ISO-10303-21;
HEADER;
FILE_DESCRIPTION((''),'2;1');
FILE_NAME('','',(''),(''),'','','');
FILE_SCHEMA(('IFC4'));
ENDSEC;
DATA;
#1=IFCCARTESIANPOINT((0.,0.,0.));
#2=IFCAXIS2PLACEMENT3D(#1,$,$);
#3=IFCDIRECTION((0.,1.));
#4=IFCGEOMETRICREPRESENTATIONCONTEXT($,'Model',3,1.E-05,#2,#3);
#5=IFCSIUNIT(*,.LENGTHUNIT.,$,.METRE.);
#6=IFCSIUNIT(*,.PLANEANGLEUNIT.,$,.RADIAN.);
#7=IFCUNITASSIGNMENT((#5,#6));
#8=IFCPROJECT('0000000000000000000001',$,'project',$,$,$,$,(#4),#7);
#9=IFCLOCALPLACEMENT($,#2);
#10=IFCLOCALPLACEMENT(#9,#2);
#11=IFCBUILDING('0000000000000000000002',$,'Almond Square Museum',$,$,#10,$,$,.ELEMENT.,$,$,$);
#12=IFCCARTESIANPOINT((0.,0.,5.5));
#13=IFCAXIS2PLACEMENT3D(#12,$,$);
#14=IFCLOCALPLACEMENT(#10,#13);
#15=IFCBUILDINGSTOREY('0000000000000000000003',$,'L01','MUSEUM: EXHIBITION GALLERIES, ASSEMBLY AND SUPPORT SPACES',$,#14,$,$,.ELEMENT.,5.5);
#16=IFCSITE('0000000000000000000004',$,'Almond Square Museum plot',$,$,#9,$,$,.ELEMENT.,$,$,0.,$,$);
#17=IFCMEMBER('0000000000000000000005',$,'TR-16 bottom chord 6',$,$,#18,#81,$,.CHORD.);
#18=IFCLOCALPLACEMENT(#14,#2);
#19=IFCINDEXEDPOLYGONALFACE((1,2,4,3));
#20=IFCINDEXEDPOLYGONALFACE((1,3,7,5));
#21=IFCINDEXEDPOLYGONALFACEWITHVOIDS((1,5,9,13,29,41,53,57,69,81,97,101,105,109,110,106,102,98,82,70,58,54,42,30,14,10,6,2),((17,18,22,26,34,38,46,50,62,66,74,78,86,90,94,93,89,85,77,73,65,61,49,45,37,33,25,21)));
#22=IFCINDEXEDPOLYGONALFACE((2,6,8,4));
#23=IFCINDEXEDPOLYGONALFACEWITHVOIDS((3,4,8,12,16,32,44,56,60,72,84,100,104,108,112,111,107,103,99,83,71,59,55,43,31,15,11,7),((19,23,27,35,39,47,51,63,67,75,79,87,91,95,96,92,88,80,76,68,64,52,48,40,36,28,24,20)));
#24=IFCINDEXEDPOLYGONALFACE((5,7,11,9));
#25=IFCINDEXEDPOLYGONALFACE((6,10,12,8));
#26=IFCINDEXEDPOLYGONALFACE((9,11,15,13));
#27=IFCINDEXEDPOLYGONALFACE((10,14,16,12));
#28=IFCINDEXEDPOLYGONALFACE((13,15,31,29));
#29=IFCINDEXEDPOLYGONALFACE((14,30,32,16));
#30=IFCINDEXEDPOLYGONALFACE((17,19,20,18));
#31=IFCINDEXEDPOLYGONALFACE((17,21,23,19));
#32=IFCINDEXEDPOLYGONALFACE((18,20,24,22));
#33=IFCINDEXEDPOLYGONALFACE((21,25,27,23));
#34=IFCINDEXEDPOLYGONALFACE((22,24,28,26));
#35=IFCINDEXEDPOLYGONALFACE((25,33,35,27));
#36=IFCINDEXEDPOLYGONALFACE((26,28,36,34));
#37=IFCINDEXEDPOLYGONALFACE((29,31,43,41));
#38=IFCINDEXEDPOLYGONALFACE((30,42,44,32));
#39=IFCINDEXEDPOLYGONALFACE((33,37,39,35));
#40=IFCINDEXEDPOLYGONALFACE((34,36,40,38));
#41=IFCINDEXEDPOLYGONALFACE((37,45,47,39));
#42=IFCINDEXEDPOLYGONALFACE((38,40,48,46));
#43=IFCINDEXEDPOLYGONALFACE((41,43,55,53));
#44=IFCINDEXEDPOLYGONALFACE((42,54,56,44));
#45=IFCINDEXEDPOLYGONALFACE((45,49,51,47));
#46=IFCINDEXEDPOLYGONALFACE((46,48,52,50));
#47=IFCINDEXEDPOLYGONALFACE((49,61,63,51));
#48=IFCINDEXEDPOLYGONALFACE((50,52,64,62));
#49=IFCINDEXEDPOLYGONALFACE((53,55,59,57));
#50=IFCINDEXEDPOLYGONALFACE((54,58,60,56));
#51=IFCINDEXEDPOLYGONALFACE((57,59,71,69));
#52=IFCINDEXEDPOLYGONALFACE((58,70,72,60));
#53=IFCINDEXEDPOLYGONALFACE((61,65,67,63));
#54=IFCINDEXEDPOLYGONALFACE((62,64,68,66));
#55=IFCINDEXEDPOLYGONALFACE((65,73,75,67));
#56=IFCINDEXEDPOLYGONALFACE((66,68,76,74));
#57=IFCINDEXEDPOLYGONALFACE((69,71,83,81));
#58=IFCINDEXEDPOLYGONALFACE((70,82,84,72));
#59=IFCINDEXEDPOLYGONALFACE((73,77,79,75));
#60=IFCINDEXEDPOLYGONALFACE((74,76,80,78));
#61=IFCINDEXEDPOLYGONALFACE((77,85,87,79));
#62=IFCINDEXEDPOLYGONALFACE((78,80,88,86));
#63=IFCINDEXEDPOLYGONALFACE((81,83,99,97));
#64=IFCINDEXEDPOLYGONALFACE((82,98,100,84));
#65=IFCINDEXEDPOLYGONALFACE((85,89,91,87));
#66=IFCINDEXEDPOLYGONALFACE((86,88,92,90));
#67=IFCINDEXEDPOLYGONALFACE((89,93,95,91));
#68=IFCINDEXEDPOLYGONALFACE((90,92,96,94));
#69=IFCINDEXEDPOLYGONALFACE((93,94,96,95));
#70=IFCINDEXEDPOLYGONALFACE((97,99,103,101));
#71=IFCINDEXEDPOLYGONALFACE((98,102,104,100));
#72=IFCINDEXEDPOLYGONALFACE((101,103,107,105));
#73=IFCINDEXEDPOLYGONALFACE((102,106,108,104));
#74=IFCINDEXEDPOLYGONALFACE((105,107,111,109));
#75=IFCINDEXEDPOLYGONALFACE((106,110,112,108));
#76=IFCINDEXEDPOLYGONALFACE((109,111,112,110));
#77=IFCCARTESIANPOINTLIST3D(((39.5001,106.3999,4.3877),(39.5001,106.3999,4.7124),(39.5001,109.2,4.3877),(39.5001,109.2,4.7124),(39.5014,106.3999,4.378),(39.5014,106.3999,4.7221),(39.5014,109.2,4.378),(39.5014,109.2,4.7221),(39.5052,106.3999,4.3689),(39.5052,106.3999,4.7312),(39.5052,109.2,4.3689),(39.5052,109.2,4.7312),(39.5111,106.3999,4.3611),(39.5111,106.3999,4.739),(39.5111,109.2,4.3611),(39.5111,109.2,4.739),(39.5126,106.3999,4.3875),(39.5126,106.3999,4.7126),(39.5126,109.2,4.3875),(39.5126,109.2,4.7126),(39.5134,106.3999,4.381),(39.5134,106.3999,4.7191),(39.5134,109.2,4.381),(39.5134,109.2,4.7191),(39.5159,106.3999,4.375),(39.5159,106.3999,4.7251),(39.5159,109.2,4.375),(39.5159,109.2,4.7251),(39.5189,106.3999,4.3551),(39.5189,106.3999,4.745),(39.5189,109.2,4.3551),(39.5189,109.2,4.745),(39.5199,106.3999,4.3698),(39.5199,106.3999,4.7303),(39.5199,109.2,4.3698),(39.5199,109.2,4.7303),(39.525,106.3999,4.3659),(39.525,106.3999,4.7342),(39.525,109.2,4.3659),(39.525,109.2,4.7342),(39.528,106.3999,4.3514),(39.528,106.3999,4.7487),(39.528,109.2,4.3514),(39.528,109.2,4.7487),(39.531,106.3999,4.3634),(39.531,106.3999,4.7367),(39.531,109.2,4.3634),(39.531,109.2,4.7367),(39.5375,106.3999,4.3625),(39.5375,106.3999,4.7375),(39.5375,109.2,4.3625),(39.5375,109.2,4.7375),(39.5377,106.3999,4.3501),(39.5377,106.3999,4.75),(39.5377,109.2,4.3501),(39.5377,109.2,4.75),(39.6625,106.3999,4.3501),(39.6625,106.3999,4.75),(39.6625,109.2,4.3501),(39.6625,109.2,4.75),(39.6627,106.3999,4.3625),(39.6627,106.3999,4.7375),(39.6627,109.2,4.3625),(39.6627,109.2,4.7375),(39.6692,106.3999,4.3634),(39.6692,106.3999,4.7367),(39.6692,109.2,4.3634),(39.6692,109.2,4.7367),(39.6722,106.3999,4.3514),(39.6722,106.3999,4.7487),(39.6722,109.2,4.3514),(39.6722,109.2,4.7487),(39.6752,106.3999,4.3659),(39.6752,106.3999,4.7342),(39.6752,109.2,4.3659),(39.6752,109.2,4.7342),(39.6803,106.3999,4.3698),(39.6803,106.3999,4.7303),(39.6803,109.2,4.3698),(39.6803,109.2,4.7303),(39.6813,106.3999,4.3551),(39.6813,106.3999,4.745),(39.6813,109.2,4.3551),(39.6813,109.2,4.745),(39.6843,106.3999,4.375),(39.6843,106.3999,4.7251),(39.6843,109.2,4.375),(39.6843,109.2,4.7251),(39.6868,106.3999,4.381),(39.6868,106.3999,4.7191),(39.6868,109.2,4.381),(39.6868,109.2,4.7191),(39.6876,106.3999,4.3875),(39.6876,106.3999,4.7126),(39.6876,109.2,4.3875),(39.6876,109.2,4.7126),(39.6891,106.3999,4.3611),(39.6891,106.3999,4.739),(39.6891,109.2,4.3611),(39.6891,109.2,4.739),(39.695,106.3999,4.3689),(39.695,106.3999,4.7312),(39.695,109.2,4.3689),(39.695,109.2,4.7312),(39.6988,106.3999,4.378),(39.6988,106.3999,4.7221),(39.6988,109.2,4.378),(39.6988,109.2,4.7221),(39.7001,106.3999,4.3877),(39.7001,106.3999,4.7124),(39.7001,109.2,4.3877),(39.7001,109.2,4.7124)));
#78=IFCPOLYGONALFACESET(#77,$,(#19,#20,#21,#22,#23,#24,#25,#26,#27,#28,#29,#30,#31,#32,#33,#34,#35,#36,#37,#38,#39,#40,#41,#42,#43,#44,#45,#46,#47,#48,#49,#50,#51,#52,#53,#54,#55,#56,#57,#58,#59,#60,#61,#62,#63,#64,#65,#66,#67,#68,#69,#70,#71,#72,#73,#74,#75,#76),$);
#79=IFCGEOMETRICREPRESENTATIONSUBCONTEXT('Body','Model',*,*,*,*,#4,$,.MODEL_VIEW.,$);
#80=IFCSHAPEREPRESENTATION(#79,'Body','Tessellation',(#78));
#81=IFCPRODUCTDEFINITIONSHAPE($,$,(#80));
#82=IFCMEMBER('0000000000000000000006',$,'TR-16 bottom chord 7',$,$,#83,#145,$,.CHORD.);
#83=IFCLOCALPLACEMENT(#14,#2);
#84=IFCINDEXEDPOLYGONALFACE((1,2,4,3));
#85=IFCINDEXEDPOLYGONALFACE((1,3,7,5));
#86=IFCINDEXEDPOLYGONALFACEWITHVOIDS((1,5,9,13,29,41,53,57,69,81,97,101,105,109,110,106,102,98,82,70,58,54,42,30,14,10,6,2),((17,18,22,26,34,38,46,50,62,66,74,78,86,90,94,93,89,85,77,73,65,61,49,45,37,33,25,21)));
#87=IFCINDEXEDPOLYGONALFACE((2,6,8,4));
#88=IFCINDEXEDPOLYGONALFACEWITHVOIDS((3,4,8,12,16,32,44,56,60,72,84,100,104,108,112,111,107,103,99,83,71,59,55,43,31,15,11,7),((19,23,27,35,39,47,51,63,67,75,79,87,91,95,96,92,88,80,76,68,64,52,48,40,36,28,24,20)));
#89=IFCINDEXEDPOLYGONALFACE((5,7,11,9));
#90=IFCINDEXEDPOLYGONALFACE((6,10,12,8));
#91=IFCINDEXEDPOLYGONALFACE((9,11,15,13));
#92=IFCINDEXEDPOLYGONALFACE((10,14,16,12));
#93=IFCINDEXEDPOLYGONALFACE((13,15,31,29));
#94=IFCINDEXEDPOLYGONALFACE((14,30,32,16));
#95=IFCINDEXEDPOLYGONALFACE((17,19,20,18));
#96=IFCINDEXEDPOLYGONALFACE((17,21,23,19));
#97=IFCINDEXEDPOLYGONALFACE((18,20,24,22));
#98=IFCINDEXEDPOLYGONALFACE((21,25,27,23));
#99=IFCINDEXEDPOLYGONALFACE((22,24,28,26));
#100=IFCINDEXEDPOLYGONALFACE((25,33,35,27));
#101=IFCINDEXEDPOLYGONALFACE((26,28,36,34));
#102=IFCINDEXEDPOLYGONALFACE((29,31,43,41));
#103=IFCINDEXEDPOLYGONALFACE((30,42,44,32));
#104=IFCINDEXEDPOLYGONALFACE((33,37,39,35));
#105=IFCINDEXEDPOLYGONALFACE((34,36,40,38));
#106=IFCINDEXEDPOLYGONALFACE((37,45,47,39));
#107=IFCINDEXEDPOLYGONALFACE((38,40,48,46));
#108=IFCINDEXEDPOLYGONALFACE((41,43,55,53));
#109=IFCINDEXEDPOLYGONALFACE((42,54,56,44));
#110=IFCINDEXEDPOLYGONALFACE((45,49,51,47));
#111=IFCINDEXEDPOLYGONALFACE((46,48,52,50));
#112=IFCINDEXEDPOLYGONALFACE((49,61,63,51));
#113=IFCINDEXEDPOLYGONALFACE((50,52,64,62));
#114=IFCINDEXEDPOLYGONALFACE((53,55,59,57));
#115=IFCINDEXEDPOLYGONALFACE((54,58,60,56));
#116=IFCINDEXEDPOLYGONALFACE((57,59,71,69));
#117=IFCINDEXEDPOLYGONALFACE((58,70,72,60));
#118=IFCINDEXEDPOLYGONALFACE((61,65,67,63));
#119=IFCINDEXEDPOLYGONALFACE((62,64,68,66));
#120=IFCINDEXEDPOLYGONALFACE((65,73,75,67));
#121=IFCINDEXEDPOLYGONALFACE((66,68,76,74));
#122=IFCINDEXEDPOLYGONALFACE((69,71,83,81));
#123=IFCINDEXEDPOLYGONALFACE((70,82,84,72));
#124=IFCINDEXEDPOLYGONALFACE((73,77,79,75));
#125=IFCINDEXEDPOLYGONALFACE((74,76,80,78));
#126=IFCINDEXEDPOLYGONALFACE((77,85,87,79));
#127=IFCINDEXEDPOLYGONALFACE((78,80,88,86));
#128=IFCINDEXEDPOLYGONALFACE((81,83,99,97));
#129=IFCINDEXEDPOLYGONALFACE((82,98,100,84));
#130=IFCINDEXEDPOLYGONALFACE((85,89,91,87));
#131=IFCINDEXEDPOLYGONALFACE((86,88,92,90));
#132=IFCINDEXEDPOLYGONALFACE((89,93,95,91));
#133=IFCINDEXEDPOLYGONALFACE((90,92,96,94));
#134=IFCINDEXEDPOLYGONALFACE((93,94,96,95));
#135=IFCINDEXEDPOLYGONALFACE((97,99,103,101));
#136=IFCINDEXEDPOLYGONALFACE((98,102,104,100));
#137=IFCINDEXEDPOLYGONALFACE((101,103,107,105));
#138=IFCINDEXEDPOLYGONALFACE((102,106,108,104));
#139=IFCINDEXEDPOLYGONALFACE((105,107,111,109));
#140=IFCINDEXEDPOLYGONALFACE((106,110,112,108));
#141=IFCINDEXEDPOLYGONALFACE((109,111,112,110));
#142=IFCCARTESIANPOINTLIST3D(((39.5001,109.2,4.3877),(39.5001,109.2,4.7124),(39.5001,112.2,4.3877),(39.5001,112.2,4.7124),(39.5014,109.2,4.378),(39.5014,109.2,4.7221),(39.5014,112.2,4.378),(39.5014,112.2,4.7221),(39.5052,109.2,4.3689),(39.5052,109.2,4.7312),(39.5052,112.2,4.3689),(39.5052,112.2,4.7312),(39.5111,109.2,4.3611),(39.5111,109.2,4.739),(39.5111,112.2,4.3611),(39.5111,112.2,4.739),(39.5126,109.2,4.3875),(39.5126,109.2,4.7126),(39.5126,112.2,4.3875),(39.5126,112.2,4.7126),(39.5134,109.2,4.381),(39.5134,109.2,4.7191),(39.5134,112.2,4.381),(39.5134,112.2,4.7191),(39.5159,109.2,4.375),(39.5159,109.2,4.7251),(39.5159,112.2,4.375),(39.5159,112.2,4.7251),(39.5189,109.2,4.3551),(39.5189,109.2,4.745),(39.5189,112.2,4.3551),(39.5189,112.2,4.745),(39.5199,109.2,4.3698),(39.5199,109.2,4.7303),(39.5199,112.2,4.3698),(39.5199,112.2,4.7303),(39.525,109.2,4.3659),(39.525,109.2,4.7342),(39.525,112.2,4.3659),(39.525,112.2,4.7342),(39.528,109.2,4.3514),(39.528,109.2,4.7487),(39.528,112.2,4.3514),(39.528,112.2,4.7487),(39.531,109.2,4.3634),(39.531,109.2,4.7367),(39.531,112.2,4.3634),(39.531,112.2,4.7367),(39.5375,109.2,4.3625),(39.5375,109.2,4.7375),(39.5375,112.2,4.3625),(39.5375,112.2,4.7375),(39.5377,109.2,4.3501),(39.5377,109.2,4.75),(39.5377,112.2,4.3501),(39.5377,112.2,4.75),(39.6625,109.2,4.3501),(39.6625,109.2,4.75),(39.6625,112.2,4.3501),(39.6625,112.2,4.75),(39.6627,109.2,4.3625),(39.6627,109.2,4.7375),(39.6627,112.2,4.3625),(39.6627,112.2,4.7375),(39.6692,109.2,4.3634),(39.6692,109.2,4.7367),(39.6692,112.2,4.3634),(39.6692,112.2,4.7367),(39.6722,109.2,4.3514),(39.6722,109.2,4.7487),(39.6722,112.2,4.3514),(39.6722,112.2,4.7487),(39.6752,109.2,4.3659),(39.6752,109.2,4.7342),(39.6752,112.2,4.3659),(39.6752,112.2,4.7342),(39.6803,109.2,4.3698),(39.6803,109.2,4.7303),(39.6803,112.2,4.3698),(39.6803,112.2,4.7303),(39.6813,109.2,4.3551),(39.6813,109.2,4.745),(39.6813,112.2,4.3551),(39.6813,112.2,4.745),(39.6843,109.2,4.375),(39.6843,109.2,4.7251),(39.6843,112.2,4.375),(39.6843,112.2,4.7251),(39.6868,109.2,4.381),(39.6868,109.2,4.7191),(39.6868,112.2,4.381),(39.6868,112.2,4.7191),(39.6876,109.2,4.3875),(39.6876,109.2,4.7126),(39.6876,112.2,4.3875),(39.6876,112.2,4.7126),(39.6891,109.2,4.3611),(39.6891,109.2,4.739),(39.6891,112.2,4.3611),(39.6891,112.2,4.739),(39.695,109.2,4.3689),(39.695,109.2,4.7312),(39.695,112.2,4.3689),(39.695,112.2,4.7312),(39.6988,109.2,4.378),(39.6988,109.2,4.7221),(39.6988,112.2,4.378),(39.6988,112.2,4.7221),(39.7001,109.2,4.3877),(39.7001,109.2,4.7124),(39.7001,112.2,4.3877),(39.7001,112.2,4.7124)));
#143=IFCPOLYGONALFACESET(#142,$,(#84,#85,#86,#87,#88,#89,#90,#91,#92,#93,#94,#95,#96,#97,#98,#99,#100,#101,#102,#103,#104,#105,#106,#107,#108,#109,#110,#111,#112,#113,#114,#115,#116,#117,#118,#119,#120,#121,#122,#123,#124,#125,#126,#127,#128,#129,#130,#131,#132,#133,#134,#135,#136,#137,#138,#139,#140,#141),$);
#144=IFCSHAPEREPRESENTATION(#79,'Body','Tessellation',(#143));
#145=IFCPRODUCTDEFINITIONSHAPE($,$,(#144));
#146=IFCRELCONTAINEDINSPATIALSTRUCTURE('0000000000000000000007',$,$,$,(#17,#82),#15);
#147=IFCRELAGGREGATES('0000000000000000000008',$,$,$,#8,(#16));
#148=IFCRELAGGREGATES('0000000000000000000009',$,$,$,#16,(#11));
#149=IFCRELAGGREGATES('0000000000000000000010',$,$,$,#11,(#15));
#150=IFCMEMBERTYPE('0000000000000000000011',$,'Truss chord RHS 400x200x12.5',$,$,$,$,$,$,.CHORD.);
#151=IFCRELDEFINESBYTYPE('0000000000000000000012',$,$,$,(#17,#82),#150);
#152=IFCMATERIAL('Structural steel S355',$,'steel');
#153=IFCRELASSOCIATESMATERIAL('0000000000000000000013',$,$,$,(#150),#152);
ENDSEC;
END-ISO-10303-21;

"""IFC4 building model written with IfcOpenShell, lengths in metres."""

from ifc_helpers import new_model, si_unit, direction, frame, origin, origin_2d, place, context, subcontext, project, spatial, hollow_rectangle, extrude, material, material_profile, profile_set, type_object, element, save


model = new_model("IFC4")

# Units and contexts
model_context = context("Model", 3, precision=1e-05, world=origin(), true_north=direction((0.0, 1.0)))
body_context = subcontext(model_context, "Body", "Model", "MODEL_VIEW")
ifc_project = project(units=[si_unit("LENGTHUNIT", "METRE"), si_unit("PLANEANGLEUNIT", "RADIAN")], contexts=[model_context])

# Site, building, storey
site_placement = place(None, origin())
site = spatial("IfcSite", under=ifc_project, at=site_placement, Name="Almond Square Museum plot", CompositionType="ELEMENT", RefElevation=0.0)
building_placement = place(site_placement, origin())
building = spatial("IfcBuilding", under=site, at=building_placement, Name="Almond Square Museum", CompositionType="ELEMENT")
storey_placement = place(building_placement, frame((0.0, 0.0, 5.5)))
storey = spatial("IfcBuildingStorey", under=building, at=storey_placement, Name="L01", Description="MUSEUM: EXHIBITION GALLERIES, ASSEMBLY AND SUPPORT SPACES", CompositionType="ELEMENT", Elevation=5.5)

# Members
ifc_material_1 = material(Name="Structural steel S355", Category="steel")
ifc_material_profile_1 = material_profile(ifc_material_1, hollow_rectangle(XDim=0.2, YDim=0.3999, WallThickness=0.0125, InnerFilletRadius=0.0249, OuterFilletRadius=0.0376, at=origin_2d()))
ifc_profile_set_1 = profile_set([ifc_material_profile_1], Name="Structural steel S355")
member_type_1 = type_object("IfcMemberType", Name="Truss chord RHS 400x200x12.5", PredefinedType="CHORD", material=ifc_profile_set_1)
member_1_placement = place(storey_placement, frame((39.6001, 106.3999, 4.55), z_axis=(0.0, 1.0, 0.0), x_axis=(-1.0, 0.0, 0.0)))
element("IfcMember", 1, at=member_1_placement, inside=storey, type_object=member_type_1, Name="TR-16 bottom chord 6", PredefinedType="CHORD", context=body_context, shape_type="SweptSolid", body=[
    extrude(hollow_rectangle(XDim=0.2, YDim=0.3999, WallThickness=0.0125, InnerFilletRadius=0.0249, OuterFilletRadius=0.0376, at=origin_2d()), origin(), (0.0, 0.0, 1.0), 2.8),
])
member_2_placement = place(storey_placement, frame((39.6001, 109.2, 4.55), z_axis=(0.0, 1.0, 0.0), x_axis=(-1.0, 0.0, 0.0)))
element("IfcMember", 2, at=member_2_placement, inside=storey, type_object=member_type_1, Name="TR-16 bottom chord 7", PredefinedType="CHORD", context=body_context, shape_type="SweptSolid", body=[
    extrude(hollow_rectangle(XDim=0.2, YDim=0.3999, WallThickness=0.0125, InnerFilletRadius=0.0249, OuterFilletRadius=0.0376, at=origin_2d()), origin(), (0.0, 0.0, 1.0), 3.0),
])

save(model, "model.ifc")
